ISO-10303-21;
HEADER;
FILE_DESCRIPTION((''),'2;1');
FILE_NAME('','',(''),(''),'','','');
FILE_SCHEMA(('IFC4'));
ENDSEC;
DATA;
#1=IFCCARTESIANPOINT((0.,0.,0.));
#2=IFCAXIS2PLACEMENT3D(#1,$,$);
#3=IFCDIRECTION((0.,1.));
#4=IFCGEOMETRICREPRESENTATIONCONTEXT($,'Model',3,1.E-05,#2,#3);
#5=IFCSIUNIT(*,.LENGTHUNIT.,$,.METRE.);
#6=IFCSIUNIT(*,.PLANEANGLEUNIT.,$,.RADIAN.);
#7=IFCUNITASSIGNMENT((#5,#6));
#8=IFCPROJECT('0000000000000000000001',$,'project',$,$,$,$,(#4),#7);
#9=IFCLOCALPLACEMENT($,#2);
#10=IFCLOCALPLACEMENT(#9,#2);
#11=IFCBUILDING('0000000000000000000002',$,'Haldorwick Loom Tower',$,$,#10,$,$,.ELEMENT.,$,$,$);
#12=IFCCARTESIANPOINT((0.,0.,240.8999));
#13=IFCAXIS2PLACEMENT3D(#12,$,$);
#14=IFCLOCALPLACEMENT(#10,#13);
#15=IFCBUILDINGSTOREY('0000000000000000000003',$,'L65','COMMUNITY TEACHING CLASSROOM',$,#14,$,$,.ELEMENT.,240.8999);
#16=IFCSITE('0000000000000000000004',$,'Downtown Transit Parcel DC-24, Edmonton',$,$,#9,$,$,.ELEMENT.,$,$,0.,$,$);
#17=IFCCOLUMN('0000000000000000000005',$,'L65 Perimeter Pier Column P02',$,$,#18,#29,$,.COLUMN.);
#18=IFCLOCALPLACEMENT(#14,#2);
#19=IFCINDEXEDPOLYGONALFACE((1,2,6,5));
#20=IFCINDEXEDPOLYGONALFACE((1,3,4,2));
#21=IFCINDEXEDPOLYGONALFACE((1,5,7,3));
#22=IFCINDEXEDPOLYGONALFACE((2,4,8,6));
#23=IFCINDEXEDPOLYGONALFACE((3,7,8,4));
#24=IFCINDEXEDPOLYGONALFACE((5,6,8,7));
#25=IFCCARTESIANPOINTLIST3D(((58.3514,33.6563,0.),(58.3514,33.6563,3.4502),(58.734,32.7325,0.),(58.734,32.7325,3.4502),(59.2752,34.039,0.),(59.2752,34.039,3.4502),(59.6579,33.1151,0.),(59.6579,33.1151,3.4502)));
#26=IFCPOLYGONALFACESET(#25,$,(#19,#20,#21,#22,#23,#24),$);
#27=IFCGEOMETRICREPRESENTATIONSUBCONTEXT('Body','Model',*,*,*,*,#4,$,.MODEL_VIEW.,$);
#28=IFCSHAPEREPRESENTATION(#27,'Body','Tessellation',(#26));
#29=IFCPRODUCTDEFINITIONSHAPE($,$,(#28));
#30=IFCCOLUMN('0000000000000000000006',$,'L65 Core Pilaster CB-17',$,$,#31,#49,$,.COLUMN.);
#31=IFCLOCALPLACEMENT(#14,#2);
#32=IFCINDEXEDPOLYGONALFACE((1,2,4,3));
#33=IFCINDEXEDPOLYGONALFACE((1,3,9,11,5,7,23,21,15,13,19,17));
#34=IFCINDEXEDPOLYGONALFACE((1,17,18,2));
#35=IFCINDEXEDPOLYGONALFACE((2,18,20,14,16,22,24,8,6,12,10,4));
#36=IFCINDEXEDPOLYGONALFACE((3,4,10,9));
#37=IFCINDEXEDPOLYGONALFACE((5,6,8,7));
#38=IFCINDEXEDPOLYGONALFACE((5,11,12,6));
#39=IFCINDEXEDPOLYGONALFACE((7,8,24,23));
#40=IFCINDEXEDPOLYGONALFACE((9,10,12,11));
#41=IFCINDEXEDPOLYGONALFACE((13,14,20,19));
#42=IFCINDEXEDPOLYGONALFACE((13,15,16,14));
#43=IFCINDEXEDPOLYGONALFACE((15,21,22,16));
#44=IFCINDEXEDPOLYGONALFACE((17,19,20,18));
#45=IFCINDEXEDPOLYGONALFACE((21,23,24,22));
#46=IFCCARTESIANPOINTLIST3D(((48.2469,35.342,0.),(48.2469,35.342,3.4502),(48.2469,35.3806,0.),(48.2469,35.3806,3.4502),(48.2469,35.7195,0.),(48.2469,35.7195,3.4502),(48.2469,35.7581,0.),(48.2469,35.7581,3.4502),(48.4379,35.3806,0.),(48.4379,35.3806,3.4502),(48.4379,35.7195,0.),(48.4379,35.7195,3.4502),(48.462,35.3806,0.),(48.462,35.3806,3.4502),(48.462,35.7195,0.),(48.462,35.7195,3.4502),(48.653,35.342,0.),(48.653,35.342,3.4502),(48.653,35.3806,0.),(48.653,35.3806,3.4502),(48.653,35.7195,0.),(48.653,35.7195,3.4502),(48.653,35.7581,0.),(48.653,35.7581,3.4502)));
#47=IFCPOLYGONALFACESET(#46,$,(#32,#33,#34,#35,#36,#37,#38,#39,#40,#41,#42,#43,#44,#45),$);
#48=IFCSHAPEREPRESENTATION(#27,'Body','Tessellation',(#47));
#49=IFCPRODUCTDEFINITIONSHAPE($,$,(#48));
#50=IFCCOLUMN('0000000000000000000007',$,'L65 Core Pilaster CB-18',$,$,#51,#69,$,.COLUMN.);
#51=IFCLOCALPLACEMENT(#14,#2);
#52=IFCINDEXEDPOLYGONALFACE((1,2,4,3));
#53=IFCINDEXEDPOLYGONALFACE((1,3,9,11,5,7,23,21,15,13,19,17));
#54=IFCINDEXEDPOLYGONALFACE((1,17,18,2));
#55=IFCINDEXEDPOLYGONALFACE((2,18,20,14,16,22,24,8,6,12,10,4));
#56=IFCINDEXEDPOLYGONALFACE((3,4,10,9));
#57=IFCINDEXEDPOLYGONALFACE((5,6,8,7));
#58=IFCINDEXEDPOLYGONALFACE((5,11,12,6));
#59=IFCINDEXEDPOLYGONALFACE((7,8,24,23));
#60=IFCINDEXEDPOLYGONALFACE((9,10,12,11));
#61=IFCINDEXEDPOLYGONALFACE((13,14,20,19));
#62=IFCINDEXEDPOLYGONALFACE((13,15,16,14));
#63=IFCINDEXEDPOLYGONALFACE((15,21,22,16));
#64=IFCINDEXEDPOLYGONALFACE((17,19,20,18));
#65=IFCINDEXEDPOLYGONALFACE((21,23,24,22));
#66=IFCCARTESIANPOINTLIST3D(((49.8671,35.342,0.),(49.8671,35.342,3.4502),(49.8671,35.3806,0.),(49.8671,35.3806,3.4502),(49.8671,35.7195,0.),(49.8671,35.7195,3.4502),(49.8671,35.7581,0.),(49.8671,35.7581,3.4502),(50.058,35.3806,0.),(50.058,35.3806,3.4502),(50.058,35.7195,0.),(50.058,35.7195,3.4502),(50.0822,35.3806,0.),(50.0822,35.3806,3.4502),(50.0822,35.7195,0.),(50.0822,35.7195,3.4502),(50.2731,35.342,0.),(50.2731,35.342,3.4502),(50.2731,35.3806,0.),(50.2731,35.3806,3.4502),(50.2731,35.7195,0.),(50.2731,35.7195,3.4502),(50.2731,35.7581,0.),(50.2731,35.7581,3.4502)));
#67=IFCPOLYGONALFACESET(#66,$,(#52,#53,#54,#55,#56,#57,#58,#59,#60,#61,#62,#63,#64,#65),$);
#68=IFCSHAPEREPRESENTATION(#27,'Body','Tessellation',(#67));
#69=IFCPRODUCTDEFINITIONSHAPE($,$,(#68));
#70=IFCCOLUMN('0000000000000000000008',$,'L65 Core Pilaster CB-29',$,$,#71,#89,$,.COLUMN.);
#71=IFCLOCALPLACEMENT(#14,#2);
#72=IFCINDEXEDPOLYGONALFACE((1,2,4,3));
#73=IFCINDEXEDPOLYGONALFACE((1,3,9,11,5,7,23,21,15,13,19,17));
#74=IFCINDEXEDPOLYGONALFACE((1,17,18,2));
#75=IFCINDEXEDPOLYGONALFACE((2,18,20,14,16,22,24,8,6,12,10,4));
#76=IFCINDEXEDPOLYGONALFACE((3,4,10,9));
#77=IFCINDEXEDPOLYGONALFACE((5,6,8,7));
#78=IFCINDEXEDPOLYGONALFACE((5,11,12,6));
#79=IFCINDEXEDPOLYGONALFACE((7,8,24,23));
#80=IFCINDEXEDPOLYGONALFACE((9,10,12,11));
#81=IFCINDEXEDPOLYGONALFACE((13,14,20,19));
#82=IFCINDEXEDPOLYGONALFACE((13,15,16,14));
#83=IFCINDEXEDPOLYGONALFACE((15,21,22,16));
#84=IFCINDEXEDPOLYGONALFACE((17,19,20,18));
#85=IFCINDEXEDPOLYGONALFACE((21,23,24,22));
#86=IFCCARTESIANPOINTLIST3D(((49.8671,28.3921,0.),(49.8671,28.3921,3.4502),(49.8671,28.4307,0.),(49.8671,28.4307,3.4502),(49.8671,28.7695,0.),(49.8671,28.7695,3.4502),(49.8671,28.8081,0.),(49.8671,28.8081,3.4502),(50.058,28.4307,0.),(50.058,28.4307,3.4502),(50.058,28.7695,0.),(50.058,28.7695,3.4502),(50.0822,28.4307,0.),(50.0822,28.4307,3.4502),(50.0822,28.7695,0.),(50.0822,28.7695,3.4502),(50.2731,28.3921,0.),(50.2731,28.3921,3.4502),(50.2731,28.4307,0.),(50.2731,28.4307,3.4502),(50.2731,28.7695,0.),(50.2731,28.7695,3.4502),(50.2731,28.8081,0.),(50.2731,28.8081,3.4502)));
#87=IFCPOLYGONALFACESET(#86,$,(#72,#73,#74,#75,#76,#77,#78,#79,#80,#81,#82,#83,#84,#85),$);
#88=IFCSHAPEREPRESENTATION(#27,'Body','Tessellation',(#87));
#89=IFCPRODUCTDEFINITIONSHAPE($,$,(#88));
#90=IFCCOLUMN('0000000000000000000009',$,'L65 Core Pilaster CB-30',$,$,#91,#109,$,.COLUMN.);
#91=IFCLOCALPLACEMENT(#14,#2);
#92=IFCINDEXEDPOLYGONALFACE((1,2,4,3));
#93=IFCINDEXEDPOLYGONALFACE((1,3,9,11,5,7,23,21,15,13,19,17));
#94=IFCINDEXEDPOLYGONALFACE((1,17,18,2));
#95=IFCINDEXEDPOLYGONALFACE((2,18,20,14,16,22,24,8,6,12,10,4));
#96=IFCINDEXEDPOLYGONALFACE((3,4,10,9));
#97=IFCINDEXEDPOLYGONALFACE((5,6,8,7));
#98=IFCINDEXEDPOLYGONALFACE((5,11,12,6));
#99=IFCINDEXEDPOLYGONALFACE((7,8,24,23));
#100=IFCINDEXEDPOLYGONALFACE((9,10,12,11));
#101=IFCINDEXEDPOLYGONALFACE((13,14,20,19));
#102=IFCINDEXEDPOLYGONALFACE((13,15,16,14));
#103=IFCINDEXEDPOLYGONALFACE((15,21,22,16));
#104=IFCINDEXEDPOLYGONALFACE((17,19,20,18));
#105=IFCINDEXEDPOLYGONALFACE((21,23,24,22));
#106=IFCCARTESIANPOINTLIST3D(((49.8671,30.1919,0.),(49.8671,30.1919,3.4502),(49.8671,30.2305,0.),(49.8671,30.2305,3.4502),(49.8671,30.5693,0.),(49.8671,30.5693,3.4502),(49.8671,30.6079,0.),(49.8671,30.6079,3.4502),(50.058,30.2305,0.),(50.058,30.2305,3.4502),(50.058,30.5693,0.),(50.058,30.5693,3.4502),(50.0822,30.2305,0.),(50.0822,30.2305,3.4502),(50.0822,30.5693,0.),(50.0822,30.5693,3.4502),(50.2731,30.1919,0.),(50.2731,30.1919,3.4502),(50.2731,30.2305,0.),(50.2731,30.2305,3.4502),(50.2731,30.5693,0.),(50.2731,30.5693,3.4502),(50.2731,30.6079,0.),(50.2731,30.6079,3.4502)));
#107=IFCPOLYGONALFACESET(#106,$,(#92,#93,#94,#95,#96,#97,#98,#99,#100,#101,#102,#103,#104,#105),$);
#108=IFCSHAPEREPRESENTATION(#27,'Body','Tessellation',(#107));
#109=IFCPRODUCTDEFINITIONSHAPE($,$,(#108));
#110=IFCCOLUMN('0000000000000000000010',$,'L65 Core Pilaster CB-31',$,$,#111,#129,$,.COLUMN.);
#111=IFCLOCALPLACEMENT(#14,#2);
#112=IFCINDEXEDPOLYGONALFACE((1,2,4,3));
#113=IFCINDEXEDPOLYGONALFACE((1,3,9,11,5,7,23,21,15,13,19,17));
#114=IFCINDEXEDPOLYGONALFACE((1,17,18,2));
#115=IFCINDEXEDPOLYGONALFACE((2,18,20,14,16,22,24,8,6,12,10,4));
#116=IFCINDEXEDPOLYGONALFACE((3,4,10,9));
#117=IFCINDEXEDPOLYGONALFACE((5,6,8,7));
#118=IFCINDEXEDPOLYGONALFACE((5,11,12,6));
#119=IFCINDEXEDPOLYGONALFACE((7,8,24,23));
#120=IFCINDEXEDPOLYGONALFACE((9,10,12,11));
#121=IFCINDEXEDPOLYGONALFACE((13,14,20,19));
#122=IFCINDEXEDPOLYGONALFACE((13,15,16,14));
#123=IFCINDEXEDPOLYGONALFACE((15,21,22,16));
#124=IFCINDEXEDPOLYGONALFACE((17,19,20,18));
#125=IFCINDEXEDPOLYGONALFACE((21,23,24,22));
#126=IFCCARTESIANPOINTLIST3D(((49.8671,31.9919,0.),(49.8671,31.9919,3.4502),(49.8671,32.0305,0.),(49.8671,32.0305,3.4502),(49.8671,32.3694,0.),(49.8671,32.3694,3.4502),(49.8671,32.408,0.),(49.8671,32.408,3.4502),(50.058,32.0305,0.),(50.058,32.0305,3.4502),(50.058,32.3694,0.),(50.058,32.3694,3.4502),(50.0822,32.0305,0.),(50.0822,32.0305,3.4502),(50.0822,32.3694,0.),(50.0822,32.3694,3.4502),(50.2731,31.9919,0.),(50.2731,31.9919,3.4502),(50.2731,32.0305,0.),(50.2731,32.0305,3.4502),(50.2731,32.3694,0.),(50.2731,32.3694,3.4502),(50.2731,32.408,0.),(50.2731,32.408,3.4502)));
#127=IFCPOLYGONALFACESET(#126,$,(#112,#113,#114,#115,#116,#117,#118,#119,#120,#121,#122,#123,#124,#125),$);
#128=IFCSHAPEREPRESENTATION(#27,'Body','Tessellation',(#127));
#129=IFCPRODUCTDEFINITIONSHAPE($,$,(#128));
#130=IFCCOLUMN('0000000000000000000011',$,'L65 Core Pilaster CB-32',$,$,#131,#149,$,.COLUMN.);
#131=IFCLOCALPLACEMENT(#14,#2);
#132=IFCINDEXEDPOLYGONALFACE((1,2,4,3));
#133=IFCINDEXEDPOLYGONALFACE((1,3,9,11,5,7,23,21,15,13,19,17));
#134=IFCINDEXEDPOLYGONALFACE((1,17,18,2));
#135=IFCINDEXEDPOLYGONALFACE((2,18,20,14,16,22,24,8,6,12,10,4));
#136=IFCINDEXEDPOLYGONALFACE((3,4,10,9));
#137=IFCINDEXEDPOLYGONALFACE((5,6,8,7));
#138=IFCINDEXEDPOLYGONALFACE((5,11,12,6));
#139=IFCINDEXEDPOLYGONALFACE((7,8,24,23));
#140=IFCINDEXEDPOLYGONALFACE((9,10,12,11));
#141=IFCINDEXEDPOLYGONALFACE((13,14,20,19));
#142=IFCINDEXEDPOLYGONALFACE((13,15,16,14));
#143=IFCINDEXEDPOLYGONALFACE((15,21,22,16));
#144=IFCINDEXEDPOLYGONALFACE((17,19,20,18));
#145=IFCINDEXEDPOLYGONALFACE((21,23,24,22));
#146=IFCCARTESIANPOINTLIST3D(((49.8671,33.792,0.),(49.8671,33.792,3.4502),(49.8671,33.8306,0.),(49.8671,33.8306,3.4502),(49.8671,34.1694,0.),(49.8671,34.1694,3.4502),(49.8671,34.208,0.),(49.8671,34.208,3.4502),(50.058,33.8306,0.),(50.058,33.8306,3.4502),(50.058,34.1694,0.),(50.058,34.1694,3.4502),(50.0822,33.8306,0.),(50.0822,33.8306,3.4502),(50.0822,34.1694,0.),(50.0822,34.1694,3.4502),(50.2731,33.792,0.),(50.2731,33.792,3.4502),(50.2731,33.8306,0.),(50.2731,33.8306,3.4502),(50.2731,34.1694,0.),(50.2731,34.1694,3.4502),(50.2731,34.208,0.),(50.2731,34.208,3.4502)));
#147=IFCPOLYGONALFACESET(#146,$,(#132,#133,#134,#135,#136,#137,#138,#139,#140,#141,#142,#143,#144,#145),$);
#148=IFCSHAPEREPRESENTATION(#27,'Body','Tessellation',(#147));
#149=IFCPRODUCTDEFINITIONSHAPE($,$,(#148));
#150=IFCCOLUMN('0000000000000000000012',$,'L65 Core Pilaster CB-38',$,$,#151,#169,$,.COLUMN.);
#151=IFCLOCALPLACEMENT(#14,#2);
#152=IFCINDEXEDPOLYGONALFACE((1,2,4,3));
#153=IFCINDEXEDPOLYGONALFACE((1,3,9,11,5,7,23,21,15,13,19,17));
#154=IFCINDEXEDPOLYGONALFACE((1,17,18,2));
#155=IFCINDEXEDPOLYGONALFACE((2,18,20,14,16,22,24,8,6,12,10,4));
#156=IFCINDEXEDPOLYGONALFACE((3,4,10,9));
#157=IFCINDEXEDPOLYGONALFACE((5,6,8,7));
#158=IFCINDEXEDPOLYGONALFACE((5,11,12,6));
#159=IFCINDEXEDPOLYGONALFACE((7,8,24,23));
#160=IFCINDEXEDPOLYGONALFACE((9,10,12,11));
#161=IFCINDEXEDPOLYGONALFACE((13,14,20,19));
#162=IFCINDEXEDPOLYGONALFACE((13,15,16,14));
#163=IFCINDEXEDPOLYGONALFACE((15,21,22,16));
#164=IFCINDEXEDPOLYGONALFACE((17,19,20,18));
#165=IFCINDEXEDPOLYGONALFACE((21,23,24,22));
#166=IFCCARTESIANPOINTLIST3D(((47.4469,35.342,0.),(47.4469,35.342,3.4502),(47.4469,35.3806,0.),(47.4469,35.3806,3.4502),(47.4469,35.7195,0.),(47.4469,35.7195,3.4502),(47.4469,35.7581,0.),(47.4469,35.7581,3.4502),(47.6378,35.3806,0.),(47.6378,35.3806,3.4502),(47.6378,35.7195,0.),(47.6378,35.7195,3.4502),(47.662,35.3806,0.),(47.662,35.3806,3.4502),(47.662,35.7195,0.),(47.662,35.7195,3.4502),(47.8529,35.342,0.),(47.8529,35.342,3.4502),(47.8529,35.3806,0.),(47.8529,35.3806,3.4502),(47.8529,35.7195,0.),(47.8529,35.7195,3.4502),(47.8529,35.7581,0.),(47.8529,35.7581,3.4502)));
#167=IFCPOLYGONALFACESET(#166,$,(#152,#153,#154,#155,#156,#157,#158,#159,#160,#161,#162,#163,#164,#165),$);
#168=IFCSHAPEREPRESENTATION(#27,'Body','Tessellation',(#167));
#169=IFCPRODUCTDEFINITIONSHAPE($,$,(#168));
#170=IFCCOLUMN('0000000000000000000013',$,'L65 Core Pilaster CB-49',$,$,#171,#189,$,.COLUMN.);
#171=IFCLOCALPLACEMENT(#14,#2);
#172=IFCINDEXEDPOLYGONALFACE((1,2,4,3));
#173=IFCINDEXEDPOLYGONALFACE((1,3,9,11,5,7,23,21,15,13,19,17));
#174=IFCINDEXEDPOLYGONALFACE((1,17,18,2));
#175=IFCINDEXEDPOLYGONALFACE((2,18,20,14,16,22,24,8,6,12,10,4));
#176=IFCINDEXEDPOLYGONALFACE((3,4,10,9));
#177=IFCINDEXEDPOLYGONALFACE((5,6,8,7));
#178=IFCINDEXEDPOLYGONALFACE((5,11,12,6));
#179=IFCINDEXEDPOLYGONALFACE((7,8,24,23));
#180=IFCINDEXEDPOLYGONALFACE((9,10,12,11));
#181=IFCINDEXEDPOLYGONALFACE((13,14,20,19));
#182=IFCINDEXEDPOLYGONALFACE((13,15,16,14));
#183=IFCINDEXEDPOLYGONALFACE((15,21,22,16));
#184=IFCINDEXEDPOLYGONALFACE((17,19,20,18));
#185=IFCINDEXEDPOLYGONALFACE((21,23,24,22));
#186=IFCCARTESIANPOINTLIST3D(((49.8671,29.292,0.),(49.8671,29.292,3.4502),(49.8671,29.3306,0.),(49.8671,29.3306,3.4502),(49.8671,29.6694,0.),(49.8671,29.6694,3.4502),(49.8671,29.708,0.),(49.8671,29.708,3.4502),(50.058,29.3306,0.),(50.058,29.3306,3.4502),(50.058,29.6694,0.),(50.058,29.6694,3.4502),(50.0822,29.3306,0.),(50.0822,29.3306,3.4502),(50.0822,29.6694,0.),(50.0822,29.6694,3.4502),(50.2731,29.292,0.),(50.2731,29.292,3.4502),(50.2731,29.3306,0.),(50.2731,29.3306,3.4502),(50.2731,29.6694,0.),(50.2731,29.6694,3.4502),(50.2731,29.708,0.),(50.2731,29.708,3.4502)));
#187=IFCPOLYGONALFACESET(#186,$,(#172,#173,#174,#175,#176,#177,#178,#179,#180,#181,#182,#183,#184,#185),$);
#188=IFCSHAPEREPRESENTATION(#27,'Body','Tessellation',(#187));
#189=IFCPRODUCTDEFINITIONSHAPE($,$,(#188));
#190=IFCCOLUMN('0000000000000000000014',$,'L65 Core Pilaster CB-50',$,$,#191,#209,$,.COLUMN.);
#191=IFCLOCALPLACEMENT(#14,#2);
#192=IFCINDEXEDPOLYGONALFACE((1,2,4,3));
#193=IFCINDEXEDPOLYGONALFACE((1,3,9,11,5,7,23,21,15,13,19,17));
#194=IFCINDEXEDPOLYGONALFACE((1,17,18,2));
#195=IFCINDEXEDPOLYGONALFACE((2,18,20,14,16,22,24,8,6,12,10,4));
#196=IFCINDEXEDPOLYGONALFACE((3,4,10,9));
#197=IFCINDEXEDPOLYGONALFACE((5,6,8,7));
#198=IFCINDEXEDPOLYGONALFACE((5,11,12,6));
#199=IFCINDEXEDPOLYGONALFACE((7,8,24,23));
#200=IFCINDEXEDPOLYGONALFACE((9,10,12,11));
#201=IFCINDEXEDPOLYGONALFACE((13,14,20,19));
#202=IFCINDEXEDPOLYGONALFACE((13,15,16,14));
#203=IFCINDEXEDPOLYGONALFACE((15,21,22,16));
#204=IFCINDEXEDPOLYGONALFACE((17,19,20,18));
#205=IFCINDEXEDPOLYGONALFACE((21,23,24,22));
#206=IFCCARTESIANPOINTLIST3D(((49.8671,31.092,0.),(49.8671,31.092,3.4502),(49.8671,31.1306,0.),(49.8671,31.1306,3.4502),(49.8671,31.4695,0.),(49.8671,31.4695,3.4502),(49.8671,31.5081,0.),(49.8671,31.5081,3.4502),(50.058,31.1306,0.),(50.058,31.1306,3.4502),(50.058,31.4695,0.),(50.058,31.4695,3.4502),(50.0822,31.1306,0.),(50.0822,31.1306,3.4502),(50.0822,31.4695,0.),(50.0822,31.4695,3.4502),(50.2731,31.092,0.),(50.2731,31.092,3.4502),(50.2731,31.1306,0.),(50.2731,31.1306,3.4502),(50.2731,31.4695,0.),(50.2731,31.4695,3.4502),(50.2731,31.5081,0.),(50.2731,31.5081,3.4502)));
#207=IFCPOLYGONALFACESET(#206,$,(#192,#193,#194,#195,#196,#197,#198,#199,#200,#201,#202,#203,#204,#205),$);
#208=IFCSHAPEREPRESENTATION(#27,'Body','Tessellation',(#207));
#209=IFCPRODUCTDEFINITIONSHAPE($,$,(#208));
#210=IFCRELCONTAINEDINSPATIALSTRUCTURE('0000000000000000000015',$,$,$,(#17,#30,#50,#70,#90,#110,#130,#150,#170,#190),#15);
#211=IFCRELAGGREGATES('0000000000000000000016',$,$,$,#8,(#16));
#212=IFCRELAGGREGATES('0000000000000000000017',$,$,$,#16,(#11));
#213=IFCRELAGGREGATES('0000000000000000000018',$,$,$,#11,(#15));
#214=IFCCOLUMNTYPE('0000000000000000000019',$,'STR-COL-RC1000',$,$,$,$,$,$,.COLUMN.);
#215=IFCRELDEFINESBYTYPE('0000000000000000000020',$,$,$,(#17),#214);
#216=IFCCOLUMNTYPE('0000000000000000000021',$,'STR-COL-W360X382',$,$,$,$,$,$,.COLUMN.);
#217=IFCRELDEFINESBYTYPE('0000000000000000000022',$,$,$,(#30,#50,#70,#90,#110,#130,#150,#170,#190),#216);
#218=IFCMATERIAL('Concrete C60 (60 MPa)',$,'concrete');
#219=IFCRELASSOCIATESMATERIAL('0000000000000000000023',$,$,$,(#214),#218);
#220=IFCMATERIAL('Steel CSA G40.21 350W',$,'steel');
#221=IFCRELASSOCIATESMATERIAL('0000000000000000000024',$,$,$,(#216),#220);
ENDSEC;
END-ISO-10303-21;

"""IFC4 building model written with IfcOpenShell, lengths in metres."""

from ifc_helpers import new_model, si_unit, direction, frame, origin, origin_2d, place, context, subcontext, project, spatial, rectangle, i_section, extrude, material, material_profile, profile_set, type_object, element, save


model = new_model("IFC4")

# Units and contexts
model_context = context("Model", 3, precision=1e-05, world=origin(), true_north=direction((0.0, 1.0)))
body_context = subcontext(model_context, "Body", "Model", "MODEL_VIEW")
ifc_project = project(units=[si_unit("LENGTHUNIT", "METRE"), si_unit("PLANEANGLEUNIT", "RADIAN")], contexts=[model_context])

# Site, building, storey
site_placement = place(None, origin())
site = spatial("IfcSite", under=ifc_project, at=site_placement, Name="Downtown Transit Parcel DC-24, Edmonton", CompositionType="ELEMENT", RefElevation=0.0)
building_placement = place(site_placement, origin())
building = spatial("IfcBuilding", under=site, at=building_placement, Name="Haldorwick Loom Tower", CompositionType="ELEMENT")
storey_placement = place(building_placement, frame((0.0, 0.0, 240.8999)))
storey = spatial("IfcBuildingStorey", under=building, at=storey_placement, Name="L65", Description="COMMUNITY TEACHING CLASSROOM", CompositionType="ELEMENT", Elevation=240.8999)

# Columns
ifc_material_1 = material(Name="Concrete C60 (60 MPa)", Category="concrete")
ifc_material_profile_1 = material_profile(ifc_material_1, rectangle(XDim=1.0, YDim=1.0, at=origin_2d()), Name="RC1000X1000", Category="concrete")
ifc_profile_set_1 = profile_set([ifc_material_profile_1], Name="Concrete C60 (60 MPa)")
column_type_1 = type_object("IfcColumnType", Name="STR-COL-RC1000", PredefinedType="COLUMN", material=ifc_profile_set_1)
column_placement = place(storey_placement, frame((59.0046, 33.3857, 0.0), z_axis=(0.0, 0.0, 1.0), x_axis=(0.92388, 0.382683, 0.0)))
element("IfcColumn", 1, at=column_placement, inside=storey, type_object=column_type_1, Name="L65 Perimeter Pier Column P02", PredefinedType="COLUMN", context=body_context, shape_type="SweptSolid", body=[
    extrude(rectangle(XDim=1.0, YDim=1.0, at=origin_2d()), origin(), (0.0, 0.0, 1.0), 3.4502),
])
ifc_material_2 = material(Name="Steel CSA G40.21 350W", Category="steel")
ifc_material_profile_2 = material_profile(ifc_material_2, i_section(OverallWidth=0.406, OverallDepth=0.416, WebThickness=0.0242, FlangeThickness=0.0386, at=origin_2d()), Name="W360X382", Category="steel")
ifc_profile_set_2 = profile_set([ifc_material_profile_2], Name="Steel CSA G40.21 350W")
column_type_2 = type_object("IfcColumnType", Name="STR-COL-W360X382", PredefinedType="COLUMN", material=ifc_profile_set_2)
for number, where, z_axis, x_axis, name in (
    (2, (48.45, 35.55, 0.0), (0.0, 0.0, 1.0), (1.0, 0.0, 0.0), "L65 Core Pilaster CB-17"),
    (3, (50.0701, 35.55, 0.0), (0.0, 0.0, 1.0), (1.0, 0.0, 0.0), "L65 Core Pilaster CB-18"),
    (4, (50.0701, 28.6001, 0.0), (0.0, 0.0, 1.0), (1.0, 0.0, 0.0), "L65 Core Pilaster CB-29"),
    (5, (50.0701, 30.3999, 0.0), (0.0, 0.0, 1.0), (1.0, 0.0, 0.0), "L65 Core Pilaster CB-30"),
    (6, (50.0701, 32.2, 0.0), (0.0, 0.0, 1.0), (1.0, 0.0, 0.0), "L65 Core Pilaster CB-31"),
    (7, (50.0701, 34.0, 0.0), (0.0, 0.0, 1.0), (1.0, 0.0, 0.0), "L65 Core Pilaster CB-32"),
    (8, (47.6499, 35.55, 0.0), (0.0, 0.0, 1.0), (1.0, 0.0, 0.0), "L65 Core Pilaster CB-38"),
    (9, (50.0701, 29.5, 0.0), (0.0, 0.0, 1.0), (1.0, 0.0, 0.0), "L65 Core Pilaster CB-49"),
    (10, (50.0701, 31.3, 0.0), (0.0, 0.0, 1.0), (1.0, 0.0, 0.0), "L65 Core Pilaster CB-50"),
):
    element("IfcColumn", number, at=place(storey_placement, frame(where, z_axis=z_axis, x_axis=x_axis)), inside=storey, type_object=column_type_2, Name=name, PredefinedType="COLUMN", context=body_context, shape_type="SweptSolid", body=[
        extrude(i_section(OverallWidth=0.406, OverallDepth=0.416, WebThickness=0.0242, FlangeThickness=0.0386, at=origin_2d()), origin(), (0.0, 0.0, 1.0), 3.4502),
    ])

save(model, "model.ifc")
